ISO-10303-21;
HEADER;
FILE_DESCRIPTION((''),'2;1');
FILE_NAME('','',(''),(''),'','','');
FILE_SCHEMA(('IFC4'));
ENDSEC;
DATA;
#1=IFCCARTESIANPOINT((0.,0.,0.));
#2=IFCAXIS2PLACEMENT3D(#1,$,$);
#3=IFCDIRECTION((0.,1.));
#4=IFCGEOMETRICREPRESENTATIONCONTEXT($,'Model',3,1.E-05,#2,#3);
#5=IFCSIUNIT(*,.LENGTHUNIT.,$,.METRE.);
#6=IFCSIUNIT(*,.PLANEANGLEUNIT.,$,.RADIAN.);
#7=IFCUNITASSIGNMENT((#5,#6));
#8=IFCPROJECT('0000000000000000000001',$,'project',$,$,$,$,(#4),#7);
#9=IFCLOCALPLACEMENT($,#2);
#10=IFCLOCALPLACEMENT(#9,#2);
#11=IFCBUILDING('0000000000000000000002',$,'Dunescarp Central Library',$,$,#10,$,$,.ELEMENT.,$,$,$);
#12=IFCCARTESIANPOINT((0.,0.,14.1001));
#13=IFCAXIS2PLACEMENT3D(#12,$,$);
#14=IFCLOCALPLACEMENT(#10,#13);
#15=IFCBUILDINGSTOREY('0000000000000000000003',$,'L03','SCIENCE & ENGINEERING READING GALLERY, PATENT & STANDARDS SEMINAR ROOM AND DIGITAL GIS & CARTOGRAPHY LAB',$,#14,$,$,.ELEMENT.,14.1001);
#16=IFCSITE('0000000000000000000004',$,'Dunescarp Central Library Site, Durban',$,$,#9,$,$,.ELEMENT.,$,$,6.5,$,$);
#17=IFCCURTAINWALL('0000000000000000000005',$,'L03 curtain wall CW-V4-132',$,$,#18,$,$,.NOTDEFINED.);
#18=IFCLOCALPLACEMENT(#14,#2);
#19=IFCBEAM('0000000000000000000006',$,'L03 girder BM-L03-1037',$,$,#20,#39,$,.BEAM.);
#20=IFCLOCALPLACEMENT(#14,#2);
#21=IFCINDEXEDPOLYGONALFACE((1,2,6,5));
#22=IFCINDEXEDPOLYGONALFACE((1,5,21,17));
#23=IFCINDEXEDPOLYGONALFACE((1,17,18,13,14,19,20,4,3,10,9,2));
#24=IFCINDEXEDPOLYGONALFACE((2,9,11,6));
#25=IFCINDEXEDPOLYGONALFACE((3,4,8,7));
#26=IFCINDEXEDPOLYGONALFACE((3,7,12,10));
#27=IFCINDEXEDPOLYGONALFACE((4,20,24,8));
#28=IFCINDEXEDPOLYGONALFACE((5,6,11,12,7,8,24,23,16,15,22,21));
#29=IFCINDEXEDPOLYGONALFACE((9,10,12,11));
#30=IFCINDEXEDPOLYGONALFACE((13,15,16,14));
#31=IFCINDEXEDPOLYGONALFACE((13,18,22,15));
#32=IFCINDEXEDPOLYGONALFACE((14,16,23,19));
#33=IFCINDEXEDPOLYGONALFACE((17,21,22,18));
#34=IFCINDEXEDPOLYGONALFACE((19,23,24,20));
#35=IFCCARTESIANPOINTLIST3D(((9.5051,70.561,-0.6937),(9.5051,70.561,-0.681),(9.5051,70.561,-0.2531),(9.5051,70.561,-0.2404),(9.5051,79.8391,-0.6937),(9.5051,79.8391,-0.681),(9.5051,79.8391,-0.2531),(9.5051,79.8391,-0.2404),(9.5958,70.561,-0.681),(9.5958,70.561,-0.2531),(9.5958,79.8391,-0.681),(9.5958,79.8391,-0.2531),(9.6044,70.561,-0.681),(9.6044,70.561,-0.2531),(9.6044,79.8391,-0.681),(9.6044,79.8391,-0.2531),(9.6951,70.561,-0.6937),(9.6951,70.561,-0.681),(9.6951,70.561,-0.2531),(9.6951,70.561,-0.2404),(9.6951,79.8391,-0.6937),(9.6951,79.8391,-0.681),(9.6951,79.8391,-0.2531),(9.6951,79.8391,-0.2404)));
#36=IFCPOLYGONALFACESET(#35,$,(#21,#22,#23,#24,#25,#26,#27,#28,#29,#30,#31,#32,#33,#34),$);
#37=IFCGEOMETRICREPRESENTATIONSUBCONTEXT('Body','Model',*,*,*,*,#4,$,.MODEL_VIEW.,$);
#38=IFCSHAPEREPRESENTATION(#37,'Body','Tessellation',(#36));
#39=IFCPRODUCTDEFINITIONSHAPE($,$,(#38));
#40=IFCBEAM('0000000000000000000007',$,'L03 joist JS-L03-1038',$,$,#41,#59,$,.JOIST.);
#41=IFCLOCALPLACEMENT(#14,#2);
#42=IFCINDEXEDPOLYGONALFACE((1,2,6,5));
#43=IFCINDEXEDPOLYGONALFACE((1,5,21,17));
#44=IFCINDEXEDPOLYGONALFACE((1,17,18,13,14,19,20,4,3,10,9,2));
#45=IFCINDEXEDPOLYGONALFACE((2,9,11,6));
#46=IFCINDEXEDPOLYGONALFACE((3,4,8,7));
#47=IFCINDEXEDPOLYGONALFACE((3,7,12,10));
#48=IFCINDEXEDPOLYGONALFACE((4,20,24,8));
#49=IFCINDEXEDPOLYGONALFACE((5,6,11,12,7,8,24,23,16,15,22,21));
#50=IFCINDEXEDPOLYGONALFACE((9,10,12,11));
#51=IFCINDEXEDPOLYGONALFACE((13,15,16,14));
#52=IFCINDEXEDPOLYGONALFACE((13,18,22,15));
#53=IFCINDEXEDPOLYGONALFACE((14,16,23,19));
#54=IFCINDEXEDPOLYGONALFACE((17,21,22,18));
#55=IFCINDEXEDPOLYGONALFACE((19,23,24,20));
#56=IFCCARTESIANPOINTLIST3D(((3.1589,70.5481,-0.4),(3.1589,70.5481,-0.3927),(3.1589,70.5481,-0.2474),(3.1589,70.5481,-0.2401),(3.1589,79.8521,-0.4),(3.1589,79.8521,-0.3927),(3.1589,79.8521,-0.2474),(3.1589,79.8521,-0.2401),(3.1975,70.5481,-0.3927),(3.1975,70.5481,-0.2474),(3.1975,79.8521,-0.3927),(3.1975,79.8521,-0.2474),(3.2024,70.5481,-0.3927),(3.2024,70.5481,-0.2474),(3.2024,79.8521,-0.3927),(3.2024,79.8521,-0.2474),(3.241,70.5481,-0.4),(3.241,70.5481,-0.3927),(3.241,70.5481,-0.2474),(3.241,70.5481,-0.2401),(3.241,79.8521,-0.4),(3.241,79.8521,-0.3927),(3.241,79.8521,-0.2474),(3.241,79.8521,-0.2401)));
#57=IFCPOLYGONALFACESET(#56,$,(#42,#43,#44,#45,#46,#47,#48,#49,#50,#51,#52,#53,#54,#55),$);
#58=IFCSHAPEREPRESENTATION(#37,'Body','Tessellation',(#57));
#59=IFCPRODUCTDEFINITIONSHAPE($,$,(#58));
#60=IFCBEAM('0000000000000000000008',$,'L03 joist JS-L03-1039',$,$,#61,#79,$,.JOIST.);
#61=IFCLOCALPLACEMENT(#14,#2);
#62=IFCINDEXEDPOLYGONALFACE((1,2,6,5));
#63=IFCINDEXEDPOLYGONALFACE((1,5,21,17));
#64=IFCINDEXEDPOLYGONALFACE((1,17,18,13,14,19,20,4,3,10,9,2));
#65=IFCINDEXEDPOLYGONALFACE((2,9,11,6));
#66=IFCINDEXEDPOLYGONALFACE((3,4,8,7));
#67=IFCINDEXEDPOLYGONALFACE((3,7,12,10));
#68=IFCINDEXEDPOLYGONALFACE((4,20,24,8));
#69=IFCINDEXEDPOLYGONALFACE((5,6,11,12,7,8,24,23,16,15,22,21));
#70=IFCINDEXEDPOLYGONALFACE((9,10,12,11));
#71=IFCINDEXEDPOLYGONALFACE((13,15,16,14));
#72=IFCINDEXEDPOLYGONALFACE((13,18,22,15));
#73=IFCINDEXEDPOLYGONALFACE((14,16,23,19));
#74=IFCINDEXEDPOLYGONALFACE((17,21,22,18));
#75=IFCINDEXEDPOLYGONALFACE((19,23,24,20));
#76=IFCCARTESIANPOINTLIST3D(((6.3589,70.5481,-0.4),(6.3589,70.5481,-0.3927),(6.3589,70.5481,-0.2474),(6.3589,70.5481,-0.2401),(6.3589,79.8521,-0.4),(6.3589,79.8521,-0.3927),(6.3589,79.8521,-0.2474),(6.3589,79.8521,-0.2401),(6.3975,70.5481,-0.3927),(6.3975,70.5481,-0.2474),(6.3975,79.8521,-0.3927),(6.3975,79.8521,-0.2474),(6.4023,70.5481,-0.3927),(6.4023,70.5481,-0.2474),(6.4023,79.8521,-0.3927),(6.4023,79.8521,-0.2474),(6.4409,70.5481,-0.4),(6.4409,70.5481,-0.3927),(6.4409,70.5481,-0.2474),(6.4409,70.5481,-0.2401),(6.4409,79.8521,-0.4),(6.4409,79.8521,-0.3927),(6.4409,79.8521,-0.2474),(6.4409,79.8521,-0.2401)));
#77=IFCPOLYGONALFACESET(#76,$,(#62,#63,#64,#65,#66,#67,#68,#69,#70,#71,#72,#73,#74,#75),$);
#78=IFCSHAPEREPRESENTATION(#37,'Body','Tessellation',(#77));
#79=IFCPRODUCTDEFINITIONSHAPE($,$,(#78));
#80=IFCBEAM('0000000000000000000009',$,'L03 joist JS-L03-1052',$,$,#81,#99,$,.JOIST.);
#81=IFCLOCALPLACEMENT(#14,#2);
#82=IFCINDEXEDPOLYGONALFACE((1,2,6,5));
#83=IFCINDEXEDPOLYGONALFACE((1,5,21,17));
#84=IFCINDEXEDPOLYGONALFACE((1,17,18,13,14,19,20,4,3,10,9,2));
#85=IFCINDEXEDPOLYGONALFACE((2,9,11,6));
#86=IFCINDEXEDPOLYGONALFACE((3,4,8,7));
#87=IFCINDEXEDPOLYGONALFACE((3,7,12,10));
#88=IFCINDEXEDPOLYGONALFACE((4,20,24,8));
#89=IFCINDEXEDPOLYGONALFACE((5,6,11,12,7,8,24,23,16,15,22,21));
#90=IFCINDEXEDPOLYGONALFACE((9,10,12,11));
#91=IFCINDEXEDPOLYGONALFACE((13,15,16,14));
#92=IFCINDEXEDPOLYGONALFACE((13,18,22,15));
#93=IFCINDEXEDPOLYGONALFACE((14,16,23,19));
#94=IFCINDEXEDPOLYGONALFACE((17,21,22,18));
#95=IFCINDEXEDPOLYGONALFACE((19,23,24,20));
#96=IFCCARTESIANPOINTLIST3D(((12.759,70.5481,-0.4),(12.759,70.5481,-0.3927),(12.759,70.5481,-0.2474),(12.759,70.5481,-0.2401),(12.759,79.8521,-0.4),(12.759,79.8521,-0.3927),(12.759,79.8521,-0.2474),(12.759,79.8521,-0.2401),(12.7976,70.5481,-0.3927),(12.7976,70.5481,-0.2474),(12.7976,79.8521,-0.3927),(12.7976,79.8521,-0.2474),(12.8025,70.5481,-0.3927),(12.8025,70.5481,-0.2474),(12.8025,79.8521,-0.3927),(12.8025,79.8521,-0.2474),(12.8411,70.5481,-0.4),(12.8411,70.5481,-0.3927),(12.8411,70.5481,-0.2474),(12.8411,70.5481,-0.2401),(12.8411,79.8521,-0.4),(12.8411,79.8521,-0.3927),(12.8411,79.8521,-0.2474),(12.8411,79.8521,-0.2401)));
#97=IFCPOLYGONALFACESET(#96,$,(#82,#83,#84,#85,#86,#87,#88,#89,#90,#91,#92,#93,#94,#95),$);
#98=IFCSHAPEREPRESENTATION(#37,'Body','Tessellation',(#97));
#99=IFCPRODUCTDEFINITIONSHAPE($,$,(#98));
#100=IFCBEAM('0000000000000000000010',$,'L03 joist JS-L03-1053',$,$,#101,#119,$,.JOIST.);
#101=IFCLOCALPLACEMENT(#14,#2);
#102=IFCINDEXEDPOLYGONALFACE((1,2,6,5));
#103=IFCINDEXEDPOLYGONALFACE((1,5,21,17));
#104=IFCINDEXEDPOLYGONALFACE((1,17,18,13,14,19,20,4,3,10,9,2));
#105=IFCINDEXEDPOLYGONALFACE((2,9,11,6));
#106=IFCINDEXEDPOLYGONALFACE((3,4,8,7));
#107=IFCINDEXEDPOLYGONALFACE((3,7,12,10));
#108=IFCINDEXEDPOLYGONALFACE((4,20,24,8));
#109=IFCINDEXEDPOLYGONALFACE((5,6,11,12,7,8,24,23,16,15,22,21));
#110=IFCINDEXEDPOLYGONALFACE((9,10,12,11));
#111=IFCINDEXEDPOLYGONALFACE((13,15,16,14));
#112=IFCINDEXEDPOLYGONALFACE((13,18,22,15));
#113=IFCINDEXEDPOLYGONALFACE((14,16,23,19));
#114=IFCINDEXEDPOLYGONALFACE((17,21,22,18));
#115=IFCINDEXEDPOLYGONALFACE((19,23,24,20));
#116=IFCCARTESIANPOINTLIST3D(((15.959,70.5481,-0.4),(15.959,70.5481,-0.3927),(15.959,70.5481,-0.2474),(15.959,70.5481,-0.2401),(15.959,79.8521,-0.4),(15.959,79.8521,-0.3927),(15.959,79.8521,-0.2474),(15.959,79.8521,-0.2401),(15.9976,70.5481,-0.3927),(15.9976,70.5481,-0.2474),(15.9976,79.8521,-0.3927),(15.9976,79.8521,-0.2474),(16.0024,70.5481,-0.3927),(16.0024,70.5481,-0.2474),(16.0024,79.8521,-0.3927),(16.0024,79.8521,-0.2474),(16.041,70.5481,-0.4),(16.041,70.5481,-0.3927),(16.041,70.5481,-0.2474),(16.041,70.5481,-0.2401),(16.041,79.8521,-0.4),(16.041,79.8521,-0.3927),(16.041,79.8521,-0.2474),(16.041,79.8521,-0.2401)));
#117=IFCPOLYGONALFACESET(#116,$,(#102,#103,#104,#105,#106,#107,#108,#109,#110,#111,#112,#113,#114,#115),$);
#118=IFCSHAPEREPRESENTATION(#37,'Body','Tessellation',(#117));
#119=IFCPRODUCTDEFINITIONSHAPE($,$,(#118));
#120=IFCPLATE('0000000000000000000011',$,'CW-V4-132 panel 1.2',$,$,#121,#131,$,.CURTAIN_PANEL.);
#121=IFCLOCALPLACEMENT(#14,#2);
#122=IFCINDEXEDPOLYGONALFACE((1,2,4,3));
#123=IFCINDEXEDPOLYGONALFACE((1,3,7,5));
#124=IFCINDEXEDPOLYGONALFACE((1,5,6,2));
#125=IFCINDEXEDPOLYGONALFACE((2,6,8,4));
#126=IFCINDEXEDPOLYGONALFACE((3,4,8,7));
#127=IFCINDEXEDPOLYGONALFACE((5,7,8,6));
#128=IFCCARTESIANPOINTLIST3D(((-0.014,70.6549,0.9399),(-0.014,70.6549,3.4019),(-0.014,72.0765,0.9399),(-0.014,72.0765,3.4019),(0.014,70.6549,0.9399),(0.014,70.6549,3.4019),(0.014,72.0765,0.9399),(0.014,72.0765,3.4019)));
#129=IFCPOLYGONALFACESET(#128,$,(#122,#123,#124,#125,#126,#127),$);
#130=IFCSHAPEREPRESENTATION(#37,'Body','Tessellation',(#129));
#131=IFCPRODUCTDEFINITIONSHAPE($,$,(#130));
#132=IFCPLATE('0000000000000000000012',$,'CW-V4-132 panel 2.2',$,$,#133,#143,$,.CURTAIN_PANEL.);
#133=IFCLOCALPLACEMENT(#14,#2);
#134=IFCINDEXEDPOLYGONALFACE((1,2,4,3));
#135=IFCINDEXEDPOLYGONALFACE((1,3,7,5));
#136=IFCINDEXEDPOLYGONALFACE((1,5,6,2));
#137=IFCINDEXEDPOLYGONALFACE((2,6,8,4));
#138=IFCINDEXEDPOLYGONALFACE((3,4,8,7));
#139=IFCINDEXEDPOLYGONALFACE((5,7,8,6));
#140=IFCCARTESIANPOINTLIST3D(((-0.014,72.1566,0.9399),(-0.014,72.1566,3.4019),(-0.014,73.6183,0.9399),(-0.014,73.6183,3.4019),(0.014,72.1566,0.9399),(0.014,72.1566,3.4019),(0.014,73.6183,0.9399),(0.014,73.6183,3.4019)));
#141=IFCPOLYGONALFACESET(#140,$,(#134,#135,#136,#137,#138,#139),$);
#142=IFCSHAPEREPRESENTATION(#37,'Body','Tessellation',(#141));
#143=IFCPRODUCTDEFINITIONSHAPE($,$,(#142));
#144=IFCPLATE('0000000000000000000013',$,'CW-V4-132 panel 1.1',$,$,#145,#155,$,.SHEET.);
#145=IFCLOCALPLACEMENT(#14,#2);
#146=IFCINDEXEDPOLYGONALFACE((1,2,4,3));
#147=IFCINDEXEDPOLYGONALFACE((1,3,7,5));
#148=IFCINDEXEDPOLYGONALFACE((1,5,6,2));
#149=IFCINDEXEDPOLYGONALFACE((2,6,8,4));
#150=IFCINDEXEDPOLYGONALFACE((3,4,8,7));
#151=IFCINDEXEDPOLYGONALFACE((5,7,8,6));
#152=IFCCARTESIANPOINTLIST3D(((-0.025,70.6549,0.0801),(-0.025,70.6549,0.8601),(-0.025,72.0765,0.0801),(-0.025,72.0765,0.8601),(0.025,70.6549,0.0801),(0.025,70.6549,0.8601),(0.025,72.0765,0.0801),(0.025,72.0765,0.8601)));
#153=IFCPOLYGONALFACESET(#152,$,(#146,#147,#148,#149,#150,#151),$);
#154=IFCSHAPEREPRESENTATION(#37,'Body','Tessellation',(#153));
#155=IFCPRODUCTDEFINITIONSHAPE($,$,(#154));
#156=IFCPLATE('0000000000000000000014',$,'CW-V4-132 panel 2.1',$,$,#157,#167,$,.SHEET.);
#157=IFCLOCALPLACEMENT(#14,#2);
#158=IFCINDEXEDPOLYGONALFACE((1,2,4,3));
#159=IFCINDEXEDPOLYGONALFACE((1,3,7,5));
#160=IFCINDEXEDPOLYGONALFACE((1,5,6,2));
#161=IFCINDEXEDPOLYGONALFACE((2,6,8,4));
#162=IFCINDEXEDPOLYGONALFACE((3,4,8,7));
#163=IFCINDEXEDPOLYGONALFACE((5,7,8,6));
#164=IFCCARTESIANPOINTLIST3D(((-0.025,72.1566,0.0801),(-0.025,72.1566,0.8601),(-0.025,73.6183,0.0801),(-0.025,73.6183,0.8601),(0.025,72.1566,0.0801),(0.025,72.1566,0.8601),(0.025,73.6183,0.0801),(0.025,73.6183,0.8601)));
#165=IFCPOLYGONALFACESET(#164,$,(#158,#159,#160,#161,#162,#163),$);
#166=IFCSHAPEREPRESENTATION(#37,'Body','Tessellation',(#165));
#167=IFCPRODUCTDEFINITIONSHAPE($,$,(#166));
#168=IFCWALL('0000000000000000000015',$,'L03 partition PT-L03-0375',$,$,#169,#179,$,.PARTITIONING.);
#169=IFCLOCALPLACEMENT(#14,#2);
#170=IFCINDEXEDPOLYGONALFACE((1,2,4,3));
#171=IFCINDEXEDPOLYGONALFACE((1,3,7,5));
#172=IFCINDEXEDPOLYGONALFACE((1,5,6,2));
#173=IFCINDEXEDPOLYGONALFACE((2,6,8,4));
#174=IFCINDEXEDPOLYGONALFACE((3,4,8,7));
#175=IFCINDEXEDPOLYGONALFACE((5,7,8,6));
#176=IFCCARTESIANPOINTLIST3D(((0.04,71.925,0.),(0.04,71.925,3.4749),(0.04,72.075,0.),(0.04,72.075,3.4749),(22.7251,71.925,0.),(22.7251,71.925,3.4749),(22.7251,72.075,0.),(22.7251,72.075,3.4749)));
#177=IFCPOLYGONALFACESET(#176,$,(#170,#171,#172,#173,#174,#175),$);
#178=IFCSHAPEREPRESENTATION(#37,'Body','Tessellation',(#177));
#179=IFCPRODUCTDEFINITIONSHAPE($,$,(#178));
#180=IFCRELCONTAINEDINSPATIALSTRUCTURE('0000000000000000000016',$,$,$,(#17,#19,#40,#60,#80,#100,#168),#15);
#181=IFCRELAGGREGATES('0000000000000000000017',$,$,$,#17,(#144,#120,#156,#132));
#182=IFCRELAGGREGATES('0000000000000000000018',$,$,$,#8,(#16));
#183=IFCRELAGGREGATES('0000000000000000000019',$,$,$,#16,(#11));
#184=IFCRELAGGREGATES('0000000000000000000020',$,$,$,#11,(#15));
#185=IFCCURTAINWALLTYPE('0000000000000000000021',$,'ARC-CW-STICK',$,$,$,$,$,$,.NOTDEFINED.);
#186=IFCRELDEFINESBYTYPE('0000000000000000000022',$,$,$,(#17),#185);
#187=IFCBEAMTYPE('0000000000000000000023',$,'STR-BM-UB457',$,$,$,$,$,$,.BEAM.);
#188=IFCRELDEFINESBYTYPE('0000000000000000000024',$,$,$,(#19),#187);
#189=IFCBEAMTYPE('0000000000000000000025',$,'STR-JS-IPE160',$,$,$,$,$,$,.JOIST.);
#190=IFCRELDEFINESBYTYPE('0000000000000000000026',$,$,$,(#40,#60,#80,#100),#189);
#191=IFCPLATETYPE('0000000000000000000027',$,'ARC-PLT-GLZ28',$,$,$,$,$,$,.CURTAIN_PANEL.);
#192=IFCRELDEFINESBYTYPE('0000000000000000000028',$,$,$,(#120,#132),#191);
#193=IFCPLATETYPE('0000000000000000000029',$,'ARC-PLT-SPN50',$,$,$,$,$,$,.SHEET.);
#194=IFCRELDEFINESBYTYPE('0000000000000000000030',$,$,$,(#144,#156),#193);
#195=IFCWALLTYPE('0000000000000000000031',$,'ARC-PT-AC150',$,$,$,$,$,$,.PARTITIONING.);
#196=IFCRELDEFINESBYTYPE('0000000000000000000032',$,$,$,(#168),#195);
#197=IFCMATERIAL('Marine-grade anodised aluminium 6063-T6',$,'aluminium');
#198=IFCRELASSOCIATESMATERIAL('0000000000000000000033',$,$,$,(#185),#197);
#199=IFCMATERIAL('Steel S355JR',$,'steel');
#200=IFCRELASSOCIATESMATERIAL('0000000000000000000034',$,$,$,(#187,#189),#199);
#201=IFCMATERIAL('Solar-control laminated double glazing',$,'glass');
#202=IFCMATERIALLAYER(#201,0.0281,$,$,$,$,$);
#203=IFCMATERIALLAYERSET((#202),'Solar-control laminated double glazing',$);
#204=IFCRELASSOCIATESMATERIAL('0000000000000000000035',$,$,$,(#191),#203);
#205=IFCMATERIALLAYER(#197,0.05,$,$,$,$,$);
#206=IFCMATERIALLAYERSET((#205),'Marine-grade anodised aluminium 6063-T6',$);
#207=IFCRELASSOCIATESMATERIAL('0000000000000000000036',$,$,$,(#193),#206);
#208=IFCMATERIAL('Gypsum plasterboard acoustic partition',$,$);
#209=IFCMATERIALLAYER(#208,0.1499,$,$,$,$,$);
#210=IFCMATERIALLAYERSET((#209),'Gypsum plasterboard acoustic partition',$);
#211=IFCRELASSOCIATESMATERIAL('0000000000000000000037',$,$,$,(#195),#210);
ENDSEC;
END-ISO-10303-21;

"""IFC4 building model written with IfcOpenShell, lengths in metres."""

from ifc_helpers import new_model, si_unit, direction, frame, frame_2d, origin, origin_2d, place, context, subcontext, project, spatial, rectangle, i_section, extrude, material, layer, layer_set, material_profile, profile_set, type_object, element, aggregate, save


model = new_model("IFC4")

# Units and contexts
model_context = context("Model", 3, precision=1e-05, world=origin(), true_north=direction((0.0, 1.0)))
body_context = subcontext(model_context, "Body", "Model", "MODEL_VIEW")
ifc_project = project(units=[si_unit("LENGTHUNIT", "METRE"), si_unit("PLANEANGLEUNIT", "RADIAN")], contexts=[model_context])

# Site, building, storey
site_placement = place(None, origin())
site = spatial("IfcSite", under=ifc_project, at=site_placement, Name="Dunescarp Central Library Site, Durban", CompositionType="ELEMENT", RefElevation=6.5)
building_placement = place(site_placement, origin())
building = spatial("IfcBuilding", under=site, at=building_placement, Name="Dunescarp Central Library", CompositionType="ELEMENT")
storey_placement = place(building_placement, frame((0.0, 0.0, 14.1001)))
storey = spatial("IfcBuildingStorey", under=building, at=storey_placement, Name="L03", Description="SCIENCE & ENGINEERING READING GALLERY, PATENT & STANDARDS SEMINAR ROOM AND DIGITAL GIS & CARTOGRAPHY LAB", CompositionType="ELEMENT", Elevation=14.1001)

# Shared definitions
ifc_material_1 = material(Name="Steel S355JR", Category="steel")

# Curtain wall
ifc_material_2 = material(Name="Marine-grade anodised aluminium 6063-T6", Category="aluminium")
curtain_wall_type = type_object("IfcCurtainWallType", Name="ARC-CW-STICK", PredefinedType="NOTDEFINED", material=ifc_material_2)
curtain_wall_placement = place(storey_placement, origin())
curtain_wall = element("IfcCurtainWall", 1, at=curtain_wall_placement, inside=storey, type_object=curtain_wall_type, Name="L03 curtain wall CW-V4-132", PredefinedType="NOTDEFINED")

# Beams
ifc_material_profile_1 = material_profile(ifc_material_1, i_section(OverallWidth=0.1899, OverallDepth=0.4534, WebThickness=0.0085, FlangeThickness=0.0127, at=origin_2d()), Name="UB 457x191x67")
ifc_profile_set_1 = profile_set([ifc_material_profile_1], Name="Steel S355JR")
beam_type_1 = type_object("IfcBeamType", Name="STR-BM-UB457", PredefinedType="BEAM", material=ifc_profile_set_1)
beam_1_placement = place(storey_placement, frame((9.6001, 70.561, -0.467), z_axis=(0.0, 1.0, 0.0), x_axis=(-1.0, 0.0, 0.0)))
element("IfcBeam", 2, at=beam_1_placement, inside=storey, type_object=beam_type_1, Name="L03 girder BM-L03-1037", PredefinedType="BEAM", context=body_context, shape_type="SweptSolid", body=[
    extrude(i_section(OverallWidth=0.1899, OverallDepth=0.4534, WebThickness=0.0085, FlangeThickness=0.0127, at=origin_2d()), origin(), (0.0, 0.0, 1.0), 9.2781),
])
ifc_material_profile_2 = material_profile(ifc_material_1, i_section(OverallWidth=0.082, OverallDepth=0.1599, WebThickness=0.0049, FlangeThickness=0.0073, at=origin_2d()), Name="IPE 160")
ifc_profile_set_2 = profile_set([ifc_material_profile_2], Name="Steel S355JR")
beam_type_2 = type_object("IfcBeamType", Name="STR-JS-IPE160", PredefinedType="JOIST", material=ifc_profile_set_2)
for number, where, z_axis, x_axis, name in (
    (3, (3.2, 70.5481, -0.3201), (0.0, 1.0, 0.0), (-1.0, 0.0, 0.0), "L03 joist JS-L03-1038"),
    (4, (6.3999, 70.5481, -0.3201), (0.0, 1.0, 0.0), (-1.0, 0.0, 0.0), "L03 joist JS-L03-1039"),
    (5, (12.8, 70.5481, -0.3201), (0.0, 1.0, 0.0), (-1.0, 0.0, 0.0), "L03 joist JS-L03-1052"),
    (6, (16.0, 70.5481, -0.3201), (0.0, 1.0, 0.0), (-1.0, 0.0, 0.0), "L03 joist JS-L03-1053"),
):
    element("IfcBeam", number, at=place(storey_placement, frame(where, z_axis=z_axis, x_axis=x_axis)), inside=storey, type_object=beam_type_2, Name=name, PredefinedType="JOIST", context=body_context, shape_type="SweptSolid", body=[
        extrude(i_section(OverallWidth=0.082, OverallDepth=0.1599, WebThickness=0.0049, FlangeThickness=0.0073, at=origin_2d()), origin(), (0.0, 0.0, 1.0), 9.304),
    ])

# Plates
ifc_material_3 = material(Name="Solar-control laminated double glazing", Category="glass")
ifc_layer_1 = layer(ifc_material_3, 0.0281)
ifc_layer_set_1 = layer_set([ifc_layer_1], Name="Solar-control laminated double glazing")
plate_type_1 = type_object("IfcPlateType", Name="ARC-PLT-GLZ28", PredefinedType="CURTAIN_PANEL", material=ifc_layer_set_1)
plate_1_placement = place(storey_placement, frame((0.0, 71.3657, 0.9399), z_axis=(0.0, 0.0, 1.0), x_axis=(0.0, 1.0, 0.0)))
plate_1 = element("IfcPlate", 7, at=plate_1_placement, type_object=plate_type_1, Name="CW-V4-132 panel 1.2", PredefinedType="CURTAIN_PANEL", context=body_context, shape_type="SweptSolid", body=[
    extrude(rectangle(XDim=1.4216, YDim=0.0281, at=origin_2d()), origin(), (0.0, 0.0, 1.0), 2.4619),
])
plate_2_placement = place(storey_placement, frame((0.0, 72.8875, 0.9399), z_axis=(0.0, 0.0, 1.0), x_axis=(0.0, 1.0, 0.0)))
plate_2 = element("IfcPlate", 8, at=plate_2_placement, type_object=plate_type_1, Name="CW-V4-132 panel 2.2", PredefinedType="CURTAIN_PANEL", context=body_context, shape_type="SweptSolid", body=[
    extrude(rectangle(XDim=1.4617, YDim=0.0281, at=origin_2d()), origin(), (0.0, 0.0, 1.0), 2.4619),
])
ifc_layer_2 = layer(ifc_material_2, 0.05)
ifc_layer_set_2 = layer_set([ifc_layer_2], Name="Marine-grade anodised aluminium 6063-T6")
plate_type_2 = type_object("IfcPlateType", Name="ARC-PLT-SPN50", PredefinedType="SHEET", material=ifc_layer_set_2)
plate_3_placement = place(storey_placement, frame((0.0, 71.3657, 0.0801), z_axis=(0.0, 0.0, 1.0), x_axis=(0.0, 1.0, 0.0)))
plate_3 = element("IfcPlate", 9, at=plate_3_placement, type_object=plate_type_2, Name="CW-V4-132 panel 1.1", PredefinedType="SHEET", context=body_context, shape_type="SweptSolid", body=[
    extrude(rectangle(XDim=1.4216, YDim=0.05, at=origin_2d()), origin(), (0.0, 0.0, 1.0), 0.78),
])
plate_4_placement = place(storey_placement, frame((0.0, 72.8875, 0.0801), z_axis=(0.0, 0.0, 1.0), x_axis=(0.0, 1.0, 0.0)))
plate_4 = element("IfcPlate", 10, at=plate_4_placement, type_object=plate_type_2, Name="CW-V4-132 panel 2.1", PredefinedType="SHEET", context=body_context, shape_type="SweptSolid", body=[
    extrude(rectangle(XDim=1.4617, YDim=0.05, at=origin_2d()), origin(), (0.0, 0.0, 1.0), 0.78),
])
aggregate(curtain_wall, [plate_3, plate_1, plate_4, plate_2])

# Wall
ifc_material_4 = material(Name="Gypsum plasterboard acoustic partition")
ifc_layer_3 = layer(ifc_material_4, 0.1499)
ifc_layer_set_3 = layer_set([ifc_layer_3], Name="Gypsum plasterboard acoustic partition")
wall_type = type_object("IfcWallType", Name="ARC-PT-AC150", PredefinedType="PARTITIONING", material=ifc_layer_set_3)
wall_placement = place(storey_placement, frame((0.04, 72.0, 0.0), z_axis=(0.0, 0.0, 1.0), x_axis=(1.0, 0.0, 0.0)))
element("IfcWall", 11, at=wall_placement, inside=storey, type_object=wall_type, Name="L03 partition PT-L03-0375", PredefinedType="PARTITIONING", context=body_context, shape_type="SweptSolid", body=[
    extrude(rectangle(XDim=22.6851, YDim=0.1499, at=frame_2d((11.3425, 0.0))), origin(), (0.0, 0.0, 1.0), 3.4749),
])

save(model, "model.ifc")
